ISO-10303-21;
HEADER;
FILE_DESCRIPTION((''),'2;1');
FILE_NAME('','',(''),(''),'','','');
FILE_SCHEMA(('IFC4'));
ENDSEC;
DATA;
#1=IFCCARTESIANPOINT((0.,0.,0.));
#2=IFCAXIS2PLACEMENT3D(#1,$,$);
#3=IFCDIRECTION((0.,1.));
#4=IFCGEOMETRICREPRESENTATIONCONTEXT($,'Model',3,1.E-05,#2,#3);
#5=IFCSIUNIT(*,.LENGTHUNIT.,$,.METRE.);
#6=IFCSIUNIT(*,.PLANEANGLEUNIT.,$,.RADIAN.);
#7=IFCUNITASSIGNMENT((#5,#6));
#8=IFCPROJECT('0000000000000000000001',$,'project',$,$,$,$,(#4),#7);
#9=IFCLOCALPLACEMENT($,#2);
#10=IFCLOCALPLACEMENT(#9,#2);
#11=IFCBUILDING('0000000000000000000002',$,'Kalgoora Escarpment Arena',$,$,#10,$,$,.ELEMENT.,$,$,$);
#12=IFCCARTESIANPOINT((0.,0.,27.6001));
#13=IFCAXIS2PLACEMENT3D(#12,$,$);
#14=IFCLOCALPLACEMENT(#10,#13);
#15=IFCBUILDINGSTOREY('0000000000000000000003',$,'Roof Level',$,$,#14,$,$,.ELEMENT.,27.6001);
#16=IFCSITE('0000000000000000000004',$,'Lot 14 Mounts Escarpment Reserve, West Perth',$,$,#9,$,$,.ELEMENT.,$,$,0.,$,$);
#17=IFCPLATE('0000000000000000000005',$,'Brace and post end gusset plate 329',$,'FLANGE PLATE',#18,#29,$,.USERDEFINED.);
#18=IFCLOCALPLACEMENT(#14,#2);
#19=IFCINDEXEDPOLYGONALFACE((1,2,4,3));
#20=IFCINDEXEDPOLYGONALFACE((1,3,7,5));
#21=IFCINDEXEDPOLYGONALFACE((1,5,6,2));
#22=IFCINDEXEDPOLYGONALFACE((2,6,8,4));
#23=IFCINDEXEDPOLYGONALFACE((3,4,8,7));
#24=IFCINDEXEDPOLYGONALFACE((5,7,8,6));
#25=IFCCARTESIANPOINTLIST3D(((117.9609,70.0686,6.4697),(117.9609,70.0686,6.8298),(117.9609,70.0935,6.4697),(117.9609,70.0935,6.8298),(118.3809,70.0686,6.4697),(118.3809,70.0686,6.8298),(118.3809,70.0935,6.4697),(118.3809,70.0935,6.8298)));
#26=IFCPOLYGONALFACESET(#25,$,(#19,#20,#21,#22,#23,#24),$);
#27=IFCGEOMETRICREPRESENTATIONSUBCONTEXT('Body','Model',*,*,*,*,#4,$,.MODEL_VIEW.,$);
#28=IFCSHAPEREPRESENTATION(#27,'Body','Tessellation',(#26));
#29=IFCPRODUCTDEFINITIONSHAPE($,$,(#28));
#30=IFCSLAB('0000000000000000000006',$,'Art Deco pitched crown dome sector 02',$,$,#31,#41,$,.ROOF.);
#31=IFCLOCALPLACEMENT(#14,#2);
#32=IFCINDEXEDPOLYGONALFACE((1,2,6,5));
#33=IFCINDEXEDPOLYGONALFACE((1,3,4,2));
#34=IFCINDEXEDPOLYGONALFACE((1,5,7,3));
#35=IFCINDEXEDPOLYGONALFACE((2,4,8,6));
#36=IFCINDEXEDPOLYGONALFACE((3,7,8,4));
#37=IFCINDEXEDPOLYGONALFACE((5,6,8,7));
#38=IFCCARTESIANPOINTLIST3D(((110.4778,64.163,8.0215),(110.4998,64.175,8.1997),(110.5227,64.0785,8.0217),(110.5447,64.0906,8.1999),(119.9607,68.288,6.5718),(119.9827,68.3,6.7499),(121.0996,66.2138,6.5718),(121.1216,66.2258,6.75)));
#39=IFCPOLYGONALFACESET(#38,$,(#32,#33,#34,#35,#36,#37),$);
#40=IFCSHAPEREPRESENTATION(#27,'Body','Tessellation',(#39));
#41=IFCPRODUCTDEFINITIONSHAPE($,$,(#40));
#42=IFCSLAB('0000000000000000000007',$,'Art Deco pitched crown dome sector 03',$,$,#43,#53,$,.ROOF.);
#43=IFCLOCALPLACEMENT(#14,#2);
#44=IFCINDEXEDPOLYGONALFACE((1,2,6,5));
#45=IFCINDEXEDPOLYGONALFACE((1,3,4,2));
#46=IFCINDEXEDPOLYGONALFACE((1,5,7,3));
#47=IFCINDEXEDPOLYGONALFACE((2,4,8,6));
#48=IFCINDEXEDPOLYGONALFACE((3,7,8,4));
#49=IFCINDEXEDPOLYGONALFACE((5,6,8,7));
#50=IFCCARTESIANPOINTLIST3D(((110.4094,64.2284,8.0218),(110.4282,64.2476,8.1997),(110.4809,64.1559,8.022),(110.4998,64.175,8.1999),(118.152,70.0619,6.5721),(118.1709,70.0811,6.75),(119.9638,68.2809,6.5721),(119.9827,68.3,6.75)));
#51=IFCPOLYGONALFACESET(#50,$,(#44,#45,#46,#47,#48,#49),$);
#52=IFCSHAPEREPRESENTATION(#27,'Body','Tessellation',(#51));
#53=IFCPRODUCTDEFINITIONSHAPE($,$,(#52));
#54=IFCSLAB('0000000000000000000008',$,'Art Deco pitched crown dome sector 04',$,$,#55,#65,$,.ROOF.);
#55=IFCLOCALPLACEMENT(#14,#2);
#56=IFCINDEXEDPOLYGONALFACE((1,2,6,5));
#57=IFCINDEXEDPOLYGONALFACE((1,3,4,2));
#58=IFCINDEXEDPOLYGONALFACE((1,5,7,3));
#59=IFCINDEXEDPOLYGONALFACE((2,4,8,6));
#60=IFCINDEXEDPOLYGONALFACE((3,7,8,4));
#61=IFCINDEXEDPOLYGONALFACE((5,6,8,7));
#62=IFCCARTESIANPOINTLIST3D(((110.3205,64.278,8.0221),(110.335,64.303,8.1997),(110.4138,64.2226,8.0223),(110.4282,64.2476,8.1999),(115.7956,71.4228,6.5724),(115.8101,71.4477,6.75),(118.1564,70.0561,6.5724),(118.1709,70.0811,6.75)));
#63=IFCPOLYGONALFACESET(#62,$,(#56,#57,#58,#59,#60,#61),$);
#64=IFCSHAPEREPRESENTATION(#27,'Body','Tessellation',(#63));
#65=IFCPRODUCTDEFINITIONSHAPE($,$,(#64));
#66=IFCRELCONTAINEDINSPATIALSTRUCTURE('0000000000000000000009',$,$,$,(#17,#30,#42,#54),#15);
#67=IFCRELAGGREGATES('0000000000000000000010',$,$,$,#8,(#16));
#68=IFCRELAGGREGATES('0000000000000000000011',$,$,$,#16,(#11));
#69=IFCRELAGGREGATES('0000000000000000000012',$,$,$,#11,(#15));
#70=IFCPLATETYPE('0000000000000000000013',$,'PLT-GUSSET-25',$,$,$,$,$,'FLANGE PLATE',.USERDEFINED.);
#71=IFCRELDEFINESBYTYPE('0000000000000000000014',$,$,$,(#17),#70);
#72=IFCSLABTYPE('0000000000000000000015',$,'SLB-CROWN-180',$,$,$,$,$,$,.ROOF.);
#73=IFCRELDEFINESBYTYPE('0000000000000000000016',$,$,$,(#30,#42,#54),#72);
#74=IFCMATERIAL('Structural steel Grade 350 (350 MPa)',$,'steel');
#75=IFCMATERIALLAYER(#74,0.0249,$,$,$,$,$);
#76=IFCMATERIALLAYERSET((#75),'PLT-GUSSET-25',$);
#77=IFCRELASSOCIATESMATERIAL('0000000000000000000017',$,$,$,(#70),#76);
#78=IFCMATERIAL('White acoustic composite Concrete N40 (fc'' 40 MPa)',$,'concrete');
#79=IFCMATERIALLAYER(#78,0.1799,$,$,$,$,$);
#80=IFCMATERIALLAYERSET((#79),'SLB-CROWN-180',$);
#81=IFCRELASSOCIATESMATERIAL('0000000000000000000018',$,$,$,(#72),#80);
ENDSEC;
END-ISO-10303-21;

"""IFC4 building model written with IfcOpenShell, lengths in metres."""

from ifc_helpers import new_model, si_unit, direction, frame, origin, origin_2d, place, context, subcontext, project, spatial, polyline, rectangle, outline, extrude, material, layer, layer_set, type_object, element, save


model = new_model("IFC4")

# Units and contexts
model_context = context("Model", 3, precision=1e-05, world=origin(), true_north=direction((0.0, 1.0)))
body_context = subcontext(model_context, "Body", "Model", "MODEL_VIEW")
ifc_project = project(units=[si_unit("LENGTHUNIT", "METRE"), si_unit("PLANEANGLEUNIT", "RADIAN")], contexts=[model_context])

# Site, building, storey
site_placement = place(None, origin())
site = spatial("IfcSite", under=ifc_project, at=site_placement, Name="Lot 14 Mounts Escarpment Reserve, West Perth", CompositionType="ELEMENT", RefElevation=0.0)
building_placement = place(site_placement, origin())
building = spatial("IfcBuilding", under=site, at=building_placement, Name="Kalgoora Escarpment Arena", CompositionType="ELEMENT")
storey_placement = place(building_placement, frame((0.0, 0.0, 27.6001)))
storey = spatial("IfcBuildingStorey", under=building, at=storey_placement, Name="Roof Level", CompositionType="ELEMENT", Elevation=27.6001)

# Plate
ifc_material_1 = material(Name="Structural steel Grade 350 (350 MPa)", Category="steel")
ifc_layer_1 = layer(ifc_material_1, 0.0249)
ifc_layer_set_1 = layer_set([ifc_layer_1], Name="PLT-GUSSET-25")
plate_type = type_object("IfcPlateType", Name="PLT-GUSSET-25", ElementType="FLANGE PLATE", PredefinedType="USERDEFINED", material=ifc_layer_set_1)
for number, where, z_axis, x_axis, name in (
    (1, (118.1709, 70.0811, 6.4697), (0.0, 0.0, 1.0), (1.0, 0.0, 0.0), "Brace and post end gusset plate 329"),
):
    element("IfcPlate", number, at=place(storey_placement, frame(where, z_axis=z_axis, x_axis=x_axis)), inside=storey, type_object=plate_type, Name=name, ObjectType="FLANGE PLATE", PredefinedType="USERDEFINED", context=body_context, shape_type="SweptSolid", body=[
        extrude(rectangle(XDim=0.4199, YDim=0.0249, at=origin_2d()), origin(), (0.0, 0.0, 1.0), 0.3601),
    ])

# Slabs
ifc_material_2 = material(Name="White acoustic composite Concrete N40 (fc' 40 MPa)", Category="concrete")
ifc_layer_2 = layer(ifc_material_2, 0.1799)
ifc_layer_set_2 = layer_set([ifc_layer_2], Name="SLB-CROWN-180")
slab_type = type_object("IfcSlabType", Name="SLB-CROWN-180", PredefinedType="ROOF", material=ifc_layer_set_2)
slab_1_placement = place(storey_placement, frame((121.1216, 66.2258, 6.75), z_axis=(0.122191, 0.067122, 0.990234), x_axis=(-0.481304, 0.876554, -0.000025)))
element("IfcSlab", 2, at=slab_1_placement, inside=storey, type_object=slab_type, Name="Art Deco pitched crown dome sector 02", PredefinedType="ROOF", context=body_context, shape_type="SweptSolid", body=[
    extrude(outline(polyline([(0.0, 0.0), (2.3663, 0.0), (3.3147, 10.3992), (3.219, 10.4005), (0.0, 0.0)])), origin(), (0.0, 0.0, -1.0), 0.1799),
])
slab_2_placement = place(storey_placement, frame((119.9827, 68.3, 6.75), z_axis=(0.104804, 0.106618, 0.988761), x_axis=(-0.713135, 0.701026, -0.000003)))
element("IfcSlab", 3, at=slab_2_placement, inside=storey, type_object=slab_type, Name="Art Deco pitched crown dome sector 03", PredefinedType="ROOF", context=body_context, shape_type="SweptSolid", body=[
    extrude(outline(polyline([(0.0, 0.0), (2.5406, 0.0), (3.9727, 9.6969), (3.8709, 9.6985), (0.0, 0.0)])), origin(), (0.0, 0.0, -1.0), 0.1799),
])
slab_3_placement = place(storey_placement, frame((118.1709, 70.0811, 6.75), z_axis=(0.080304, 0.138748, 0.987066), x_axis=(-0.865444, 0.501006, -0.000015)))
element("IfcSlab", 4, at=slab_3_placement, inside=storey, type_object=slab_type, Name="Art Deco pitched crown dome sector 04", PredefinedType="ROOF", context=body_context, shape_type="SweptSolid", body=[
    extrude(outline(polyline([(0.0, 0.0), (2.7279, 0.0), (3.8867, 9.0434), (3.7782, 9.0447), (0.0, 0.0)])), origin(), (0.0, 0.0, -1.0), 0.1799),
])

save(model, "model.ifc")
